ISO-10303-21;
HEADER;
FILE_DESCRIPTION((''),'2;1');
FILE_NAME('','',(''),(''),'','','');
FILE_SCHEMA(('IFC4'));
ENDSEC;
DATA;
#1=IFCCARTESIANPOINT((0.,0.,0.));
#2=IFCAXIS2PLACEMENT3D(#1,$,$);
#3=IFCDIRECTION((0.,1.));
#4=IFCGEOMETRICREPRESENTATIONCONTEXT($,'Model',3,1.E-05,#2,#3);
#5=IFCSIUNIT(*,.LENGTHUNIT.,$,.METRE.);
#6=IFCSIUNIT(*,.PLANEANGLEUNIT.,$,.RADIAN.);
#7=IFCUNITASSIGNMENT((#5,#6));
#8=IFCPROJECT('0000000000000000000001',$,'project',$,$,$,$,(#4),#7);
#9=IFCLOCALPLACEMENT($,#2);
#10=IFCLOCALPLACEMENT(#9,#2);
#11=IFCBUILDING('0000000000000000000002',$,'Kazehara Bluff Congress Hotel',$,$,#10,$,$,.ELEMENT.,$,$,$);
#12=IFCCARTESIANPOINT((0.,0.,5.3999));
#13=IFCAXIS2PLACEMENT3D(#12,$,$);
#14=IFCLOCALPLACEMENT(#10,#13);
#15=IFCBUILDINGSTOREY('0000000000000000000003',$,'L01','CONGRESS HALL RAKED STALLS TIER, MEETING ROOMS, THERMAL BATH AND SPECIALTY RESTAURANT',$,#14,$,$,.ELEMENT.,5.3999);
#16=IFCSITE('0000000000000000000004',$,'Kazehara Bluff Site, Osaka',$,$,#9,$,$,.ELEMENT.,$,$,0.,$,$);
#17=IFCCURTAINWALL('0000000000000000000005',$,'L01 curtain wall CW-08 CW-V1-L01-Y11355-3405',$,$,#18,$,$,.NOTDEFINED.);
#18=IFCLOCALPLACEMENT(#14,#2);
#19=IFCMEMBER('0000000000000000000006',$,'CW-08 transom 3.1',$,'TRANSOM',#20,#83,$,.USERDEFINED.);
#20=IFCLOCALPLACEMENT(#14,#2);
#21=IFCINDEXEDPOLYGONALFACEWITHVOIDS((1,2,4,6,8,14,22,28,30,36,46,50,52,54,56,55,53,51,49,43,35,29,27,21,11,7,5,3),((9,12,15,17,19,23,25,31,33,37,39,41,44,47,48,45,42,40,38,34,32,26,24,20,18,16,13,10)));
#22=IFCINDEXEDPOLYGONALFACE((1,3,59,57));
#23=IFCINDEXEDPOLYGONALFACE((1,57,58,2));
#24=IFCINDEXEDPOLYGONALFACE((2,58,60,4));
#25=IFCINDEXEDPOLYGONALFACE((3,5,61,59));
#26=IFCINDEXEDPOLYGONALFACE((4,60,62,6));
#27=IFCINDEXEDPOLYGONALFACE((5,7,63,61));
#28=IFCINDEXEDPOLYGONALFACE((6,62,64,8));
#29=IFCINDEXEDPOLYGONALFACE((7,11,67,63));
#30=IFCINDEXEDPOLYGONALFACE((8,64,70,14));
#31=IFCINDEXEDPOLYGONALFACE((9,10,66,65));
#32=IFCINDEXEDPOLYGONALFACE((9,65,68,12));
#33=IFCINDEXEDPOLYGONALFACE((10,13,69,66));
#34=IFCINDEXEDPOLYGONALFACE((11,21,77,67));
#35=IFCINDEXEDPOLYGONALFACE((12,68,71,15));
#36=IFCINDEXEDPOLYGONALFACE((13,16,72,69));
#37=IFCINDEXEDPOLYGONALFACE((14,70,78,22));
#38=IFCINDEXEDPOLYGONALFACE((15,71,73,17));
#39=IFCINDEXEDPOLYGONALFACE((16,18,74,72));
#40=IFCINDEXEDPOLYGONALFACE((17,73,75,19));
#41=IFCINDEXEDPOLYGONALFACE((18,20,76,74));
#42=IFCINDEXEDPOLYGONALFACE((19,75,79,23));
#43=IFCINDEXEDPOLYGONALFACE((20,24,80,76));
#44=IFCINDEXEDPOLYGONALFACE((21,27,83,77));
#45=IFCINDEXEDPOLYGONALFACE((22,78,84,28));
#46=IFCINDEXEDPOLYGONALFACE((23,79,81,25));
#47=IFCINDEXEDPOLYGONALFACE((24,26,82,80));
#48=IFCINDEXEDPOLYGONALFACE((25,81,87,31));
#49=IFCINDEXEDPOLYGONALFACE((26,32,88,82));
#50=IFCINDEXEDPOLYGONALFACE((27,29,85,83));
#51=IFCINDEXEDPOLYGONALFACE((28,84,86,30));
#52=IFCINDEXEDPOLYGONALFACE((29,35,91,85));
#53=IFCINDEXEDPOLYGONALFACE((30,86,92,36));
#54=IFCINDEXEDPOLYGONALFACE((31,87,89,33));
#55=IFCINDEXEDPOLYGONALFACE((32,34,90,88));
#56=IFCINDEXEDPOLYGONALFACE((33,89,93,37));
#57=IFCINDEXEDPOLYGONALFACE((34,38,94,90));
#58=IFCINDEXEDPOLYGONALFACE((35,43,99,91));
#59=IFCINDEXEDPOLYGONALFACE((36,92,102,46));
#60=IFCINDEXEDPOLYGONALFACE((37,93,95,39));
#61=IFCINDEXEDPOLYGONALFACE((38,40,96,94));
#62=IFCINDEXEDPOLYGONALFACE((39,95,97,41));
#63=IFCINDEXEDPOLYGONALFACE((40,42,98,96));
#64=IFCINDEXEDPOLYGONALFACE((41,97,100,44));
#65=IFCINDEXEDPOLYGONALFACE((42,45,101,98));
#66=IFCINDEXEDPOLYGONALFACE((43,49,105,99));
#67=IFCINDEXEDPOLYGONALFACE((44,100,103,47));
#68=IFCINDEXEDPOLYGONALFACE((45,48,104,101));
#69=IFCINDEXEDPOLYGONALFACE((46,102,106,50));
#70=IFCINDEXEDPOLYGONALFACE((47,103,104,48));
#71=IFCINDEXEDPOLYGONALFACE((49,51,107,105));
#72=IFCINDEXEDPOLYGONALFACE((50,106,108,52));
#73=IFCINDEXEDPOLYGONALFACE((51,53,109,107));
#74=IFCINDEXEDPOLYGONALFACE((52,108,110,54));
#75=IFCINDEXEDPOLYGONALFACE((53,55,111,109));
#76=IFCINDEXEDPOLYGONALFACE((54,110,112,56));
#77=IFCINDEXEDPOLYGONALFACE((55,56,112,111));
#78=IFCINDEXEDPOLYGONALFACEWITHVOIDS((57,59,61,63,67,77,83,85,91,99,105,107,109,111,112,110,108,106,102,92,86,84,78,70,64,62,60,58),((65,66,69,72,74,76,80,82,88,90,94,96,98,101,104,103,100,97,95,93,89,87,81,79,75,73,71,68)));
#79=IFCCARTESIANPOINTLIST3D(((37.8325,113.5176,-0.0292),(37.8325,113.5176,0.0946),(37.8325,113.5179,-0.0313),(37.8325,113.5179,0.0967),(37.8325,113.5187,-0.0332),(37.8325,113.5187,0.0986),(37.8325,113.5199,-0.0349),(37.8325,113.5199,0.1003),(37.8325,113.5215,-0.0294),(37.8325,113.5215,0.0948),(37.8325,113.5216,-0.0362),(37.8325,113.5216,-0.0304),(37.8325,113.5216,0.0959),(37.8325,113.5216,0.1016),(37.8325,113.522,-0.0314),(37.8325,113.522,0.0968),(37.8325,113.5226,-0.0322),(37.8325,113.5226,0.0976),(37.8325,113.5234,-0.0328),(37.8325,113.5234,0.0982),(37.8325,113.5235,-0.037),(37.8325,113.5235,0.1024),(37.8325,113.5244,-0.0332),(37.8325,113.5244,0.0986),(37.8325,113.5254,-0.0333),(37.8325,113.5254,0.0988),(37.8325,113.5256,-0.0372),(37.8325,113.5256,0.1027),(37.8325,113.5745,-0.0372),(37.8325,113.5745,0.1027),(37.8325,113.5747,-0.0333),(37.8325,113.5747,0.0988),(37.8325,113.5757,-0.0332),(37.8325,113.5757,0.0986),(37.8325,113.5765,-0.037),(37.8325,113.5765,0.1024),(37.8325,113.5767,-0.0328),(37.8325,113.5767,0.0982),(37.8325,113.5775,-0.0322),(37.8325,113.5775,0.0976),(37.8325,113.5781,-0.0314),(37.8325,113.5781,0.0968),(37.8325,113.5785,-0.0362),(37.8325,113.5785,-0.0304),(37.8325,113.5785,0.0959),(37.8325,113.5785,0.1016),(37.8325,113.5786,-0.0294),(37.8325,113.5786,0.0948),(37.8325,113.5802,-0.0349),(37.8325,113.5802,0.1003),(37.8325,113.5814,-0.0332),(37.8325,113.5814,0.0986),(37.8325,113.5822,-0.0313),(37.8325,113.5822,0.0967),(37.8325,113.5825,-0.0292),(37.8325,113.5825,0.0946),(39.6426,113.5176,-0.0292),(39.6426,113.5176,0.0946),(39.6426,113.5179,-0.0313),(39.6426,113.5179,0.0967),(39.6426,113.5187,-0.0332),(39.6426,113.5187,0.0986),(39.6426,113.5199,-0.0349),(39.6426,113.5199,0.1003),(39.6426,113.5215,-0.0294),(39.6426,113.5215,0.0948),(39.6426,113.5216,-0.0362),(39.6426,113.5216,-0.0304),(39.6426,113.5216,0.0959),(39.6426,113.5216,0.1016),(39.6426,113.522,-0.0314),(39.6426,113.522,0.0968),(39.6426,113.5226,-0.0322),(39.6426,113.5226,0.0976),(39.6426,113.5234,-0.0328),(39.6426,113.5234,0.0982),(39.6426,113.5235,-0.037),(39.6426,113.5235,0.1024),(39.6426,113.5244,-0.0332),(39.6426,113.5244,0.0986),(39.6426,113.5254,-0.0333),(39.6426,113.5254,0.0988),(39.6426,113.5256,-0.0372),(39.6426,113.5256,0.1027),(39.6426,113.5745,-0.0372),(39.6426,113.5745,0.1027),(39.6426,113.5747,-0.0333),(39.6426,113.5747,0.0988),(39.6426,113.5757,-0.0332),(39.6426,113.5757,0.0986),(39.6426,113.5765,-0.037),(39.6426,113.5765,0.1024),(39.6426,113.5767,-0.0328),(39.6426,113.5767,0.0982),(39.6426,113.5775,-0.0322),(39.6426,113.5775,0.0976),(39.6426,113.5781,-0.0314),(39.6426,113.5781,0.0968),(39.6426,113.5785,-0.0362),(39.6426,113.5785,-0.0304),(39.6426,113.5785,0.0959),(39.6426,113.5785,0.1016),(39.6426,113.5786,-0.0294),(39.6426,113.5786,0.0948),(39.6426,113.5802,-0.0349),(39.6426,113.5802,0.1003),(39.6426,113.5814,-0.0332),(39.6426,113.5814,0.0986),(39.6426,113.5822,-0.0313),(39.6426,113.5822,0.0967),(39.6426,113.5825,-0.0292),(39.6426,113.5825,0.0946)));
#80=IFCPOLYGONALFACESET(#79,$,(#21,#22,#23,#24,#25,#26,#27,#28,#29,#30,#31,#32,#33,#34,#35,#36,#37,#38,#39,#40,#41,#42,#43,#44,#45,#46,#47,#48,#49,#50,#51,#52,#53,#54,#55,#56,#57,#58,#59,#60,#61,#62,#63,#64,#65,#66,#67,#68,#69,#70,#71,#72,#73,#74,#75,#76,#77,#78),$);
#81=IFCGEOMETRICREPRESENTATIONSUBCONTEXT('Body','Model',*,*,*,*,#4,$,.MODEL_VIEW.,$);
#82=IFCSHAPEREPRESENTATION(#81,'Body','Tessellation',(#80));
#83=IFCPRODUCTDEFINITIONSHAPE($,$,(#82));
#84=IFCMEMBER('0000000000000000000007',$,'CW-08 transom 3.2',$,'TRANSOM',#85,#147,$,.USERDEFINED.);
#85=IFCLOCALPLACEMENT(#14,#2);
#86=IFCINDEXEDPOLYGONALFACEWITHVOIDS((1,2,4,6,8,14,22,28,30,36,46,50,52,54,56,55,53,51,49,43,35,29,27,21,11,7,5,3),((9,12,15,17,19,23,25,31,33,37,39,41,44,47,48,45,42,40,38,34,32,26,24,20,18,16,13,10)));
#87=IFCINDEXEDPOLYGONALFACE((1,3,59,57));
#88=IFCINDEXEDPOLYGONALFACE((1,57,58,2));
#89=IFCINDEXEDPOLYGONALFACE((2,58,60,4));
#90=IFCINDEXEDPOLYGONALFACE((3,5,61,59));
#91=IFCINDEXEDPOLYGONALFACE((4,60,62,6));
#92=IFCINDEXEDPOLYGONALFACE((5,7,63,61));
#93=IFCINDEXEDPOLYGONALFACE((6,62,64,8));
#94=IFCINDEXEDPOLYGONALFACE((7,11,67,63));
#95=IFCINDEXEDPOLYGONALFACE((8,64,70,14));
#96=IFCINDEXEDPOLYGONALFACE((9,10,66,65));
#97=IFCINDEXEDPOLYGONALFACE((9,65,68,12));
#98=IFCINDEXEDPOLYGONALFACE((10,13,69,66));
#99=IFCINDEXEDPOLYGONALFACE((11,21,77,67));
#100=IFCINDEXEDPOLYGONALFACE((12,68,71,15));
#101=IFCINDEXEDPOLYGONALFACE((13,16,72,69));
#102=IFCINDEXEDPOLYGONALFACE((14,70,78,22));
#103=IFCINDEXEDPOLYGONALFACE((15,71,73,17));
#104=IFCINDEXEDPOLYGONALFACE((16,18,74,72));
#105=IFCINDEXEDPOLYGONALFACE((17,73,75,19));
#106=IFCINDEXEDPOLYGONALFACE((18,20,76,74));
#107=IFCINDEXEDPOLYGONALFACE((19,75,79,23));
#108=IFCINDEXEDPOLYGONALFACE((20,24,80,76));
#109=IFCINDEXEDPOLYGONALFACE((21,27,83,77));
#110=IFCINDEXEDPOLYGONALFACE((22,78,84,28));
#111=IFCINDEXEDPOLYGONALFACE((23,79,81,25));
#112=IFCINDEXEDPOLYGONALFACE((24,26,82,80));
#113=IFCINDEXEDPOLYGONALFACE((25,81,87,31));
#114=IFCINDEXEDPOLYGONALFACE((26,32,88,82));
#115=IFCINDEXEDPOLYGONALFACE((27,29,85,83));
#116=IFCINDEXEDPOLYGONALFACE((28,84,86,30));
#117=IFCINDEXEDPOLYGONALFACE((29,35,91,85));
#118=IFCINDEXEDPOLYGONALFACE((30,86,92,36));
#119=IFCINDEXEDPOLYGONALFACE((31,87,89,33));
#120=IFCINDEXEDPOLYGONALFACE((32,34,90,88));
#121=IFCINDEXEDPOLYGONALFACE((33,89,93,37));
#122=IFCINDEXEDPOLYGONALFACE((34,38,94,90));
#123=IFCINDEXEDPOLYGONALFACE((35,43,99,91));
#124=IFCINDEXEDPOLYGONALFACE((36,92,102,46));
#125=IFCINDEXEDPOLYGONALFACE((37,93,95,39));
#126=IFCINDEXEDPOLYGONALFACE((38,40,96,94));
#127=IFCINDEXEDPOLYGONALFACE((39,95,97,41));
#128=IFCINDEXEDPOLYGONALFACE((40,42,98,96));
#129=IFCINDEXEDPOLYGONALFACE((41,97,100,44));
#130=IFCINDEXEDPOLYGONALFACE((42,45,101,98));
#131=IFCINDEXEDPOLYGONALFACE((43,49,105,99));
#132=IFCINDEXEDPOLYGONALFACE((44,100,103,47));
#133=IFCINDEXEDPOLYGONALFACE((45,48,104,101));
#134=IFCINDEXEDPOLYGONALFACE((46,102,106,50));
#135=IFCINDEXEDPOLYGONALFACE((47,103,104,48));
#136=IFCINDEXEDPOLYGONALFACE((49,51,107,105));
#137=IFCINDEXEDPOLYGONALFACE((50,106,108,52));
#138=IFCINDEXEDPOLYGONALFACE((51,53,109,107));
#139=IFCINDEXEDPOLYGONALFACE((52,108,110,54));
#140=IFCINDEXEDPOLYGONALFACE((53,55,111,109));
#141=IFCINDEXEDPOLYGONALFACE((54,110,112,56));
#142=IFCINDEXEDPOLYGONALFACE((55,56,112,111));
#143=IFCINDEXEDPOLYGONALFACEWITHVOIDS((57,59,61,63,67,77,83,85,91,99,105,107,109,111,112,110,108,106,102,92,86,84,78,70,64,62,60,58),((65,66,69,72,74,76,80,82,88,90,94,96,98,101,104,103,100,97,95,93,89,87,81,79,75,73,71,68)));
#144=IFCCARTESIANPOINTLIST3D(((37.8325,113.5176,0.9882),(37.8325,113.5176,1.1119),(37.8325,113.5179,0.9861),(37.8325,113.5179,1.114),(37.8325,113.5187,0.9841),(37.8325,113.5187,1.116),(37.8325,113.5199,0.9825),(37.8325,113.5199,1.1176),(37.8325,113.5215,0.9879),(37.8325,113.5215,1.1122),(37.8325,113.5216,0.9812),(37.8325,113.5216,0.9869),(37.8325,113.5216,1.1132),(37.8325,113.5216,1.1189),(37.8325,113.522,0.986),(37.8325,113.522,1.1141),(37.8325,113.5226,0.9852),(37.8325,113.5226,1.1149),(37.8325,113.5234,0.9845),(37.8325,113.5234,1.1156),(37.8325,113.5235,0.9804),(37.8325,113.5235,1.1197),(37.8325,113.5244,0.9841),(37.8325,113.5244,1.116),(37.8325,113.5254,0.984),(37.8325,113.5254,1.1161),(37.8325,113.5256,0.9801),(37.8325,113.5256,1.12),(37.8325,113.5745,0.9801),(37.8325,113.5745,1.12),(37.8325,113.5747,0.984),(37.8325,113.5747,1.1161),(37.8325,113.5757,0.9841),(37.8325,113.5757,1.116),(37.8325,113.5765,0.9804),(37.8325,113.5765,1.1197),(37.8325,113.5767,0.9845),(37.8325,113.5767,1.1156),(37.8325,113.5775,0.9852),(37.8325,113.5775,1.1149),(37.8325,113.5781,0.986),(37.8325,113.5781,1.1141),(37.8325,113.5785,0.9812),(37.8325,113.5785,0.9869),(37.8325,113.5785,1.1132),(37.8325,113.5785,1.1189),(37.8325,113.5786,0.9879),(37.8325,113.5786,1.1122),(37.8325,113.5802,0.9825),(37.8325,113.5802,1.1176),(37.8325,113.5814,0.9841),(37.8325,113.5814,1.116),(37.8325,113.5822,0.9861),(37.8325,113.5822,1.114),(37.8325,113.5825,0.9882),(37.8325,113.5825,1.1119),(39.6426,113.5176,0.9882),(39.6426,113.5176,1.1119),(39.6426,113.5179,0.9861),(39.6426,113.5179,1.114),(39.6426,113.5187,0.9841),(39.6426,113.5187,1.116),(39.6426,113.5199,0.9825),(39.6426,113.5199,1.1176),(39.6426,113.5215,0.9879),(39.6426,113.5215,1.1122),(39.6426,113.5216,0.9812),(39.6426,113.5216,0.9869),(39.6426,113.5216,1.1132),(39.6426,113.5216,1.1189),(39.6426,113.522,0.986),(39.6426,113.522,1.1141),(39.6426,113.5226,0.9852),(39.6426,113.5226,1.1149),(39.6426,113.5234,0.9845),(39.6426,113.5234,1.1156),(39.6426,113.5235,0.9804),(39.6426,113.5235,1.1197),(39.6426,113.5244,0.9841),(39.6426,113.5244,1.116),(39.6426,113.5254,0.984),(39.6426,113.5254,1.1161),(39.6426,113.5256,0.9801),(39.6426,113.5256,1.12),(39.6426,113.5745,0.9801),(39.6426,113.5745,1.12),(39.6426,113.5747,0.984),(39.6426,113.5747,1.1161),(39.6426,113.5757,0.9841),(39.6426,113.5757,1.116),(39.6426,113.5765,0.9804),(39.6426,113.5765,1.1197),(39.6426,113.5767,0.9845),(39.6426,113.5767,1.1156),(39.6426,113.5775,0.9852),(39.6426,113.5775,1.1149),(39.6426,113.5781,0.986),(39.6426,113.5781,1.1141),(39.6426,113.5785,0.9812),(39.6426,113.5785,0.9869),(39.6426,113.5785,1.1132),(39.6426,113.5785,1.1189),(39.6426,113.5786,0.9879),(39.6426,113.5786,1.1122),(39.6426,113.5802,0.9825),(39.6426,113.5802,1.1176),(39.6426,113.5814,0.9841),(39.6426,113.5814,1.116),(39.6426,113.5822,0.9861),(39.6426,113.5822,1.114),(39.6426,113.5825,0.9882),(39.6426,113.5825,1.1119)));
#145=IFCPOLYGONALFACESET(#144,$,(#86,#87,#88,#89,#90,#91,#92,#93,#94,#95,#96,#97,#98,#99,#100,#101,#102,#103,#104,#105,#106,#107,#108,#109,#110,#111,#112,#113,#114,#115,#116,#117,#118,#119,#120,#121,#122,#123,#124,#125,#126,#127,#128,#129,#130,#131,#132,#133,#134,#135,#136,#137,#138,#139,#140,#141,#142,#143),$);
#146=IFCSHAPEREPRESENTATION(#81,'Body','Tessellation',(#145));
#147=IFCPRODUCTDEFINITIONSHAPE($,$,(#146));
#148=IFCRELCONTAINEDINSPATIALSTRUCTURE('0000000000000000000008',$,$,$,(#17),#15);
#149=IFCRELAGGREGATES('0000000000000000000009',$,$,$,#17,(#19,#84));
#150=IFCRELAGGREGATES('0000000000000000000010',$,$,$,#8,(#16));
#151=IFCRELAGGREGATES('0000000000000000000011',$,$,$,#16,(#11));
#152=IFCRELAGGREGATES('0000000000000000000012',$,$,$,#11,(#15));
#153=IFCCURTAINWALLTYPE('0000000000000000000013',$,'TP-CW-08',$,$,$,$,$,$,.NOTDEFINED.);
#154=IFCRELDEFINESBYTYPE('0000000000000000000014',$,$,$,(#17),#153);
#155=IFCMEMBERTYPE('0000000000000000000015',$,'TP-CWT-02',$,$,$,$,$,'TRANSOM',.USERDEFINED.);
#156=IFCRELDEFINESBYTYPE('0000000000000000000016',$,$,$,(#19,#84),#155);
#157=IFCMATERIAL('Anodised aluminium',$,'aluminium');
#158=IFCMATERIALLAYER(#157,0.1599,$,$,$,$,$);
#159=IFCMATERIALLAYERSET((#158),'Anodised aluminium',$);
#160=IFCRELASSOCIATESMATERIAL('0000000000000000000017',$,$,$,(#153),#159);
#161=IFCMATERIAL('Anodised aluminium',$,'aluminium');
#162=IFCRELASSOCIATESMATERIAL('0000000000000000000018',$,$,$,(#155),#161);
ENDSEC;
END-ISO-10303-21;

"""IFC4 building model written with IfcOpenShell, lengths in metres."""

from ifc_helpers import new_model, si_unit, direction, frame, origin, origin_2d, place, context, subcontext, project, spatial, hollow_rectangle, extrude, material, layer, layer_set, material_profile, profile_set, type_object, element, aggregate, save


model = new_model("IFC4")

# Units and contexts
model_context = context("Model", 3, precision=1e-05, world=origin(), true_north=direction((0.0, 1.0)))
body_context = subcontext(model_context, "Body", "Model", "MODEL_VIEW")
ifc_project = project(units=[si_unit("LENGTHUNIT", "METRE"), si_unit("PLANEANGLEUNIT", "RADIAN")], contexts=[model_context])

# Site, building, storey
site_placement = place(None, origin())
site = spatial("IfcSite", under=ifc_project, at=site_placement, Name="Kazehara Bluff Site, Osaka", CompositionType="ELEMENT", RefElevation=0.0)
building_placement = place(site_placement, origin())
building = spatial("IfcBuilding", under=site, at=building_placement, Name="Kazehara Bluff Congress Hotel", CompositionType="ELEMENT")
storey_placement = place(building_placement, frame((0.0, 0.0, 5.3999)))
storey = spatial("IfcBuildingStorey", under=building, at=storey_placement, Name="L01", Description="CONGRESS HALL RAKED STALLS TIER, MEETING ROOMS, THERMAL BATH AND SPECIALTY RESTAURANT", CompositionType="ELEMENT", Elevation=5.3999)

# Curtain wall
ifc_material_1 = material(Name="Anodised aluminium", Category="aluminium")
ifc_layer_1 = layer(ifc_material_1, 0.1599)
ifc_layer_set_1 = layer_set([ifc_layer_1], Name="Anodised aluminium")
curtain_wall_type_1 = type_object("IfcCurtainWallType", Name="TP-CW-08", PredefinedType="NOTDEFINED", material=ifc_layer_set_1)
curtain_wall_1_placement = place(storey_placement, origin())
curtain_wall_1 = element("IfcCurtainWall", 1, at=curtain_wall_1_placement, inside=storey, type_object=curtain_wall_type_1, Name="L01 curtain wall CW-08 CW-V1-L01-Y11355-3405", PredefinedType="NOTDEFINED")

# Members
ifc_material_2 = material(Name="Anodised aluminium", Category="aluminium")
ifc_material_profile_1 = material_profile(ifc_material_2, hollow_rectangle(XDim=0.0649, YDim=0.1399, WallThickness=0.0039, InnerFilletRadius=0.0039, OuterFilletRadius=0.0081, at=origin_2d()))
ifc_profile_set_1 = profile_set([ifc_material_profile_1], Name="Anodised aluminium")
member_type_1 = type_object("IfcMemberType", Name="TP-CWT-02", ElementType="TRANSOM", PredefinedType="USERDEFINED", material=ifc_profile_set_1)
member_1_placement = place(storey_placement, frame((37.8325, 113.55, 0.0327), z_axis=(1.0, 0.0, 0.0), x_axis=(0.0, 1.0, 0.0)))
member_1 = element("IfcMember", 2, at=member_1_placement, type_object=member_type_1, Name="CW-08 transom 3.1", ObjectType="TRANSOM", PredefinedType="USERDEFINED", context=body_context, shape_type="SweptSolid", body=[
    extrude(hollow_rectangle(XDim=0.0649, YDim=0.1399, WallThickness=0.0039, InnerFilletRadius=0.0039, OuterFilletRadius=0.0081, at=origin_2d()), origin(), (0.0, 0.0, 1.0), 1.8101),
])
member_2_placement = place(storey_placement, frame((37.8325, 113.55, 1.05), z_axis=(1.0, 0.0, 0.0), x_axis=(0.0, 1.0, 0.0)))
member_2 = element("IfcMember", 3, at=member_2_placement, type_object=member_type_1, Name="CW-08 transom 3.2", ObjectType="TRANSOM", PredefinedType="USERDEFINED", context=body_context, shape_type="SweptSolid", body=[
    extrude(hollow_rectangle(XDim=0.0649, YDim=0.1399, WallThickness=0.0039, InnerFilletRadius=0.0039, OuterFilletRadius=0.0081, at=origin_2d()), origin(), (0.0, 0.0, 1.0), 1.8101),
])

aggregate(curtain_wall_1, [member_1, member_2])

save(model, "model.ifc")
